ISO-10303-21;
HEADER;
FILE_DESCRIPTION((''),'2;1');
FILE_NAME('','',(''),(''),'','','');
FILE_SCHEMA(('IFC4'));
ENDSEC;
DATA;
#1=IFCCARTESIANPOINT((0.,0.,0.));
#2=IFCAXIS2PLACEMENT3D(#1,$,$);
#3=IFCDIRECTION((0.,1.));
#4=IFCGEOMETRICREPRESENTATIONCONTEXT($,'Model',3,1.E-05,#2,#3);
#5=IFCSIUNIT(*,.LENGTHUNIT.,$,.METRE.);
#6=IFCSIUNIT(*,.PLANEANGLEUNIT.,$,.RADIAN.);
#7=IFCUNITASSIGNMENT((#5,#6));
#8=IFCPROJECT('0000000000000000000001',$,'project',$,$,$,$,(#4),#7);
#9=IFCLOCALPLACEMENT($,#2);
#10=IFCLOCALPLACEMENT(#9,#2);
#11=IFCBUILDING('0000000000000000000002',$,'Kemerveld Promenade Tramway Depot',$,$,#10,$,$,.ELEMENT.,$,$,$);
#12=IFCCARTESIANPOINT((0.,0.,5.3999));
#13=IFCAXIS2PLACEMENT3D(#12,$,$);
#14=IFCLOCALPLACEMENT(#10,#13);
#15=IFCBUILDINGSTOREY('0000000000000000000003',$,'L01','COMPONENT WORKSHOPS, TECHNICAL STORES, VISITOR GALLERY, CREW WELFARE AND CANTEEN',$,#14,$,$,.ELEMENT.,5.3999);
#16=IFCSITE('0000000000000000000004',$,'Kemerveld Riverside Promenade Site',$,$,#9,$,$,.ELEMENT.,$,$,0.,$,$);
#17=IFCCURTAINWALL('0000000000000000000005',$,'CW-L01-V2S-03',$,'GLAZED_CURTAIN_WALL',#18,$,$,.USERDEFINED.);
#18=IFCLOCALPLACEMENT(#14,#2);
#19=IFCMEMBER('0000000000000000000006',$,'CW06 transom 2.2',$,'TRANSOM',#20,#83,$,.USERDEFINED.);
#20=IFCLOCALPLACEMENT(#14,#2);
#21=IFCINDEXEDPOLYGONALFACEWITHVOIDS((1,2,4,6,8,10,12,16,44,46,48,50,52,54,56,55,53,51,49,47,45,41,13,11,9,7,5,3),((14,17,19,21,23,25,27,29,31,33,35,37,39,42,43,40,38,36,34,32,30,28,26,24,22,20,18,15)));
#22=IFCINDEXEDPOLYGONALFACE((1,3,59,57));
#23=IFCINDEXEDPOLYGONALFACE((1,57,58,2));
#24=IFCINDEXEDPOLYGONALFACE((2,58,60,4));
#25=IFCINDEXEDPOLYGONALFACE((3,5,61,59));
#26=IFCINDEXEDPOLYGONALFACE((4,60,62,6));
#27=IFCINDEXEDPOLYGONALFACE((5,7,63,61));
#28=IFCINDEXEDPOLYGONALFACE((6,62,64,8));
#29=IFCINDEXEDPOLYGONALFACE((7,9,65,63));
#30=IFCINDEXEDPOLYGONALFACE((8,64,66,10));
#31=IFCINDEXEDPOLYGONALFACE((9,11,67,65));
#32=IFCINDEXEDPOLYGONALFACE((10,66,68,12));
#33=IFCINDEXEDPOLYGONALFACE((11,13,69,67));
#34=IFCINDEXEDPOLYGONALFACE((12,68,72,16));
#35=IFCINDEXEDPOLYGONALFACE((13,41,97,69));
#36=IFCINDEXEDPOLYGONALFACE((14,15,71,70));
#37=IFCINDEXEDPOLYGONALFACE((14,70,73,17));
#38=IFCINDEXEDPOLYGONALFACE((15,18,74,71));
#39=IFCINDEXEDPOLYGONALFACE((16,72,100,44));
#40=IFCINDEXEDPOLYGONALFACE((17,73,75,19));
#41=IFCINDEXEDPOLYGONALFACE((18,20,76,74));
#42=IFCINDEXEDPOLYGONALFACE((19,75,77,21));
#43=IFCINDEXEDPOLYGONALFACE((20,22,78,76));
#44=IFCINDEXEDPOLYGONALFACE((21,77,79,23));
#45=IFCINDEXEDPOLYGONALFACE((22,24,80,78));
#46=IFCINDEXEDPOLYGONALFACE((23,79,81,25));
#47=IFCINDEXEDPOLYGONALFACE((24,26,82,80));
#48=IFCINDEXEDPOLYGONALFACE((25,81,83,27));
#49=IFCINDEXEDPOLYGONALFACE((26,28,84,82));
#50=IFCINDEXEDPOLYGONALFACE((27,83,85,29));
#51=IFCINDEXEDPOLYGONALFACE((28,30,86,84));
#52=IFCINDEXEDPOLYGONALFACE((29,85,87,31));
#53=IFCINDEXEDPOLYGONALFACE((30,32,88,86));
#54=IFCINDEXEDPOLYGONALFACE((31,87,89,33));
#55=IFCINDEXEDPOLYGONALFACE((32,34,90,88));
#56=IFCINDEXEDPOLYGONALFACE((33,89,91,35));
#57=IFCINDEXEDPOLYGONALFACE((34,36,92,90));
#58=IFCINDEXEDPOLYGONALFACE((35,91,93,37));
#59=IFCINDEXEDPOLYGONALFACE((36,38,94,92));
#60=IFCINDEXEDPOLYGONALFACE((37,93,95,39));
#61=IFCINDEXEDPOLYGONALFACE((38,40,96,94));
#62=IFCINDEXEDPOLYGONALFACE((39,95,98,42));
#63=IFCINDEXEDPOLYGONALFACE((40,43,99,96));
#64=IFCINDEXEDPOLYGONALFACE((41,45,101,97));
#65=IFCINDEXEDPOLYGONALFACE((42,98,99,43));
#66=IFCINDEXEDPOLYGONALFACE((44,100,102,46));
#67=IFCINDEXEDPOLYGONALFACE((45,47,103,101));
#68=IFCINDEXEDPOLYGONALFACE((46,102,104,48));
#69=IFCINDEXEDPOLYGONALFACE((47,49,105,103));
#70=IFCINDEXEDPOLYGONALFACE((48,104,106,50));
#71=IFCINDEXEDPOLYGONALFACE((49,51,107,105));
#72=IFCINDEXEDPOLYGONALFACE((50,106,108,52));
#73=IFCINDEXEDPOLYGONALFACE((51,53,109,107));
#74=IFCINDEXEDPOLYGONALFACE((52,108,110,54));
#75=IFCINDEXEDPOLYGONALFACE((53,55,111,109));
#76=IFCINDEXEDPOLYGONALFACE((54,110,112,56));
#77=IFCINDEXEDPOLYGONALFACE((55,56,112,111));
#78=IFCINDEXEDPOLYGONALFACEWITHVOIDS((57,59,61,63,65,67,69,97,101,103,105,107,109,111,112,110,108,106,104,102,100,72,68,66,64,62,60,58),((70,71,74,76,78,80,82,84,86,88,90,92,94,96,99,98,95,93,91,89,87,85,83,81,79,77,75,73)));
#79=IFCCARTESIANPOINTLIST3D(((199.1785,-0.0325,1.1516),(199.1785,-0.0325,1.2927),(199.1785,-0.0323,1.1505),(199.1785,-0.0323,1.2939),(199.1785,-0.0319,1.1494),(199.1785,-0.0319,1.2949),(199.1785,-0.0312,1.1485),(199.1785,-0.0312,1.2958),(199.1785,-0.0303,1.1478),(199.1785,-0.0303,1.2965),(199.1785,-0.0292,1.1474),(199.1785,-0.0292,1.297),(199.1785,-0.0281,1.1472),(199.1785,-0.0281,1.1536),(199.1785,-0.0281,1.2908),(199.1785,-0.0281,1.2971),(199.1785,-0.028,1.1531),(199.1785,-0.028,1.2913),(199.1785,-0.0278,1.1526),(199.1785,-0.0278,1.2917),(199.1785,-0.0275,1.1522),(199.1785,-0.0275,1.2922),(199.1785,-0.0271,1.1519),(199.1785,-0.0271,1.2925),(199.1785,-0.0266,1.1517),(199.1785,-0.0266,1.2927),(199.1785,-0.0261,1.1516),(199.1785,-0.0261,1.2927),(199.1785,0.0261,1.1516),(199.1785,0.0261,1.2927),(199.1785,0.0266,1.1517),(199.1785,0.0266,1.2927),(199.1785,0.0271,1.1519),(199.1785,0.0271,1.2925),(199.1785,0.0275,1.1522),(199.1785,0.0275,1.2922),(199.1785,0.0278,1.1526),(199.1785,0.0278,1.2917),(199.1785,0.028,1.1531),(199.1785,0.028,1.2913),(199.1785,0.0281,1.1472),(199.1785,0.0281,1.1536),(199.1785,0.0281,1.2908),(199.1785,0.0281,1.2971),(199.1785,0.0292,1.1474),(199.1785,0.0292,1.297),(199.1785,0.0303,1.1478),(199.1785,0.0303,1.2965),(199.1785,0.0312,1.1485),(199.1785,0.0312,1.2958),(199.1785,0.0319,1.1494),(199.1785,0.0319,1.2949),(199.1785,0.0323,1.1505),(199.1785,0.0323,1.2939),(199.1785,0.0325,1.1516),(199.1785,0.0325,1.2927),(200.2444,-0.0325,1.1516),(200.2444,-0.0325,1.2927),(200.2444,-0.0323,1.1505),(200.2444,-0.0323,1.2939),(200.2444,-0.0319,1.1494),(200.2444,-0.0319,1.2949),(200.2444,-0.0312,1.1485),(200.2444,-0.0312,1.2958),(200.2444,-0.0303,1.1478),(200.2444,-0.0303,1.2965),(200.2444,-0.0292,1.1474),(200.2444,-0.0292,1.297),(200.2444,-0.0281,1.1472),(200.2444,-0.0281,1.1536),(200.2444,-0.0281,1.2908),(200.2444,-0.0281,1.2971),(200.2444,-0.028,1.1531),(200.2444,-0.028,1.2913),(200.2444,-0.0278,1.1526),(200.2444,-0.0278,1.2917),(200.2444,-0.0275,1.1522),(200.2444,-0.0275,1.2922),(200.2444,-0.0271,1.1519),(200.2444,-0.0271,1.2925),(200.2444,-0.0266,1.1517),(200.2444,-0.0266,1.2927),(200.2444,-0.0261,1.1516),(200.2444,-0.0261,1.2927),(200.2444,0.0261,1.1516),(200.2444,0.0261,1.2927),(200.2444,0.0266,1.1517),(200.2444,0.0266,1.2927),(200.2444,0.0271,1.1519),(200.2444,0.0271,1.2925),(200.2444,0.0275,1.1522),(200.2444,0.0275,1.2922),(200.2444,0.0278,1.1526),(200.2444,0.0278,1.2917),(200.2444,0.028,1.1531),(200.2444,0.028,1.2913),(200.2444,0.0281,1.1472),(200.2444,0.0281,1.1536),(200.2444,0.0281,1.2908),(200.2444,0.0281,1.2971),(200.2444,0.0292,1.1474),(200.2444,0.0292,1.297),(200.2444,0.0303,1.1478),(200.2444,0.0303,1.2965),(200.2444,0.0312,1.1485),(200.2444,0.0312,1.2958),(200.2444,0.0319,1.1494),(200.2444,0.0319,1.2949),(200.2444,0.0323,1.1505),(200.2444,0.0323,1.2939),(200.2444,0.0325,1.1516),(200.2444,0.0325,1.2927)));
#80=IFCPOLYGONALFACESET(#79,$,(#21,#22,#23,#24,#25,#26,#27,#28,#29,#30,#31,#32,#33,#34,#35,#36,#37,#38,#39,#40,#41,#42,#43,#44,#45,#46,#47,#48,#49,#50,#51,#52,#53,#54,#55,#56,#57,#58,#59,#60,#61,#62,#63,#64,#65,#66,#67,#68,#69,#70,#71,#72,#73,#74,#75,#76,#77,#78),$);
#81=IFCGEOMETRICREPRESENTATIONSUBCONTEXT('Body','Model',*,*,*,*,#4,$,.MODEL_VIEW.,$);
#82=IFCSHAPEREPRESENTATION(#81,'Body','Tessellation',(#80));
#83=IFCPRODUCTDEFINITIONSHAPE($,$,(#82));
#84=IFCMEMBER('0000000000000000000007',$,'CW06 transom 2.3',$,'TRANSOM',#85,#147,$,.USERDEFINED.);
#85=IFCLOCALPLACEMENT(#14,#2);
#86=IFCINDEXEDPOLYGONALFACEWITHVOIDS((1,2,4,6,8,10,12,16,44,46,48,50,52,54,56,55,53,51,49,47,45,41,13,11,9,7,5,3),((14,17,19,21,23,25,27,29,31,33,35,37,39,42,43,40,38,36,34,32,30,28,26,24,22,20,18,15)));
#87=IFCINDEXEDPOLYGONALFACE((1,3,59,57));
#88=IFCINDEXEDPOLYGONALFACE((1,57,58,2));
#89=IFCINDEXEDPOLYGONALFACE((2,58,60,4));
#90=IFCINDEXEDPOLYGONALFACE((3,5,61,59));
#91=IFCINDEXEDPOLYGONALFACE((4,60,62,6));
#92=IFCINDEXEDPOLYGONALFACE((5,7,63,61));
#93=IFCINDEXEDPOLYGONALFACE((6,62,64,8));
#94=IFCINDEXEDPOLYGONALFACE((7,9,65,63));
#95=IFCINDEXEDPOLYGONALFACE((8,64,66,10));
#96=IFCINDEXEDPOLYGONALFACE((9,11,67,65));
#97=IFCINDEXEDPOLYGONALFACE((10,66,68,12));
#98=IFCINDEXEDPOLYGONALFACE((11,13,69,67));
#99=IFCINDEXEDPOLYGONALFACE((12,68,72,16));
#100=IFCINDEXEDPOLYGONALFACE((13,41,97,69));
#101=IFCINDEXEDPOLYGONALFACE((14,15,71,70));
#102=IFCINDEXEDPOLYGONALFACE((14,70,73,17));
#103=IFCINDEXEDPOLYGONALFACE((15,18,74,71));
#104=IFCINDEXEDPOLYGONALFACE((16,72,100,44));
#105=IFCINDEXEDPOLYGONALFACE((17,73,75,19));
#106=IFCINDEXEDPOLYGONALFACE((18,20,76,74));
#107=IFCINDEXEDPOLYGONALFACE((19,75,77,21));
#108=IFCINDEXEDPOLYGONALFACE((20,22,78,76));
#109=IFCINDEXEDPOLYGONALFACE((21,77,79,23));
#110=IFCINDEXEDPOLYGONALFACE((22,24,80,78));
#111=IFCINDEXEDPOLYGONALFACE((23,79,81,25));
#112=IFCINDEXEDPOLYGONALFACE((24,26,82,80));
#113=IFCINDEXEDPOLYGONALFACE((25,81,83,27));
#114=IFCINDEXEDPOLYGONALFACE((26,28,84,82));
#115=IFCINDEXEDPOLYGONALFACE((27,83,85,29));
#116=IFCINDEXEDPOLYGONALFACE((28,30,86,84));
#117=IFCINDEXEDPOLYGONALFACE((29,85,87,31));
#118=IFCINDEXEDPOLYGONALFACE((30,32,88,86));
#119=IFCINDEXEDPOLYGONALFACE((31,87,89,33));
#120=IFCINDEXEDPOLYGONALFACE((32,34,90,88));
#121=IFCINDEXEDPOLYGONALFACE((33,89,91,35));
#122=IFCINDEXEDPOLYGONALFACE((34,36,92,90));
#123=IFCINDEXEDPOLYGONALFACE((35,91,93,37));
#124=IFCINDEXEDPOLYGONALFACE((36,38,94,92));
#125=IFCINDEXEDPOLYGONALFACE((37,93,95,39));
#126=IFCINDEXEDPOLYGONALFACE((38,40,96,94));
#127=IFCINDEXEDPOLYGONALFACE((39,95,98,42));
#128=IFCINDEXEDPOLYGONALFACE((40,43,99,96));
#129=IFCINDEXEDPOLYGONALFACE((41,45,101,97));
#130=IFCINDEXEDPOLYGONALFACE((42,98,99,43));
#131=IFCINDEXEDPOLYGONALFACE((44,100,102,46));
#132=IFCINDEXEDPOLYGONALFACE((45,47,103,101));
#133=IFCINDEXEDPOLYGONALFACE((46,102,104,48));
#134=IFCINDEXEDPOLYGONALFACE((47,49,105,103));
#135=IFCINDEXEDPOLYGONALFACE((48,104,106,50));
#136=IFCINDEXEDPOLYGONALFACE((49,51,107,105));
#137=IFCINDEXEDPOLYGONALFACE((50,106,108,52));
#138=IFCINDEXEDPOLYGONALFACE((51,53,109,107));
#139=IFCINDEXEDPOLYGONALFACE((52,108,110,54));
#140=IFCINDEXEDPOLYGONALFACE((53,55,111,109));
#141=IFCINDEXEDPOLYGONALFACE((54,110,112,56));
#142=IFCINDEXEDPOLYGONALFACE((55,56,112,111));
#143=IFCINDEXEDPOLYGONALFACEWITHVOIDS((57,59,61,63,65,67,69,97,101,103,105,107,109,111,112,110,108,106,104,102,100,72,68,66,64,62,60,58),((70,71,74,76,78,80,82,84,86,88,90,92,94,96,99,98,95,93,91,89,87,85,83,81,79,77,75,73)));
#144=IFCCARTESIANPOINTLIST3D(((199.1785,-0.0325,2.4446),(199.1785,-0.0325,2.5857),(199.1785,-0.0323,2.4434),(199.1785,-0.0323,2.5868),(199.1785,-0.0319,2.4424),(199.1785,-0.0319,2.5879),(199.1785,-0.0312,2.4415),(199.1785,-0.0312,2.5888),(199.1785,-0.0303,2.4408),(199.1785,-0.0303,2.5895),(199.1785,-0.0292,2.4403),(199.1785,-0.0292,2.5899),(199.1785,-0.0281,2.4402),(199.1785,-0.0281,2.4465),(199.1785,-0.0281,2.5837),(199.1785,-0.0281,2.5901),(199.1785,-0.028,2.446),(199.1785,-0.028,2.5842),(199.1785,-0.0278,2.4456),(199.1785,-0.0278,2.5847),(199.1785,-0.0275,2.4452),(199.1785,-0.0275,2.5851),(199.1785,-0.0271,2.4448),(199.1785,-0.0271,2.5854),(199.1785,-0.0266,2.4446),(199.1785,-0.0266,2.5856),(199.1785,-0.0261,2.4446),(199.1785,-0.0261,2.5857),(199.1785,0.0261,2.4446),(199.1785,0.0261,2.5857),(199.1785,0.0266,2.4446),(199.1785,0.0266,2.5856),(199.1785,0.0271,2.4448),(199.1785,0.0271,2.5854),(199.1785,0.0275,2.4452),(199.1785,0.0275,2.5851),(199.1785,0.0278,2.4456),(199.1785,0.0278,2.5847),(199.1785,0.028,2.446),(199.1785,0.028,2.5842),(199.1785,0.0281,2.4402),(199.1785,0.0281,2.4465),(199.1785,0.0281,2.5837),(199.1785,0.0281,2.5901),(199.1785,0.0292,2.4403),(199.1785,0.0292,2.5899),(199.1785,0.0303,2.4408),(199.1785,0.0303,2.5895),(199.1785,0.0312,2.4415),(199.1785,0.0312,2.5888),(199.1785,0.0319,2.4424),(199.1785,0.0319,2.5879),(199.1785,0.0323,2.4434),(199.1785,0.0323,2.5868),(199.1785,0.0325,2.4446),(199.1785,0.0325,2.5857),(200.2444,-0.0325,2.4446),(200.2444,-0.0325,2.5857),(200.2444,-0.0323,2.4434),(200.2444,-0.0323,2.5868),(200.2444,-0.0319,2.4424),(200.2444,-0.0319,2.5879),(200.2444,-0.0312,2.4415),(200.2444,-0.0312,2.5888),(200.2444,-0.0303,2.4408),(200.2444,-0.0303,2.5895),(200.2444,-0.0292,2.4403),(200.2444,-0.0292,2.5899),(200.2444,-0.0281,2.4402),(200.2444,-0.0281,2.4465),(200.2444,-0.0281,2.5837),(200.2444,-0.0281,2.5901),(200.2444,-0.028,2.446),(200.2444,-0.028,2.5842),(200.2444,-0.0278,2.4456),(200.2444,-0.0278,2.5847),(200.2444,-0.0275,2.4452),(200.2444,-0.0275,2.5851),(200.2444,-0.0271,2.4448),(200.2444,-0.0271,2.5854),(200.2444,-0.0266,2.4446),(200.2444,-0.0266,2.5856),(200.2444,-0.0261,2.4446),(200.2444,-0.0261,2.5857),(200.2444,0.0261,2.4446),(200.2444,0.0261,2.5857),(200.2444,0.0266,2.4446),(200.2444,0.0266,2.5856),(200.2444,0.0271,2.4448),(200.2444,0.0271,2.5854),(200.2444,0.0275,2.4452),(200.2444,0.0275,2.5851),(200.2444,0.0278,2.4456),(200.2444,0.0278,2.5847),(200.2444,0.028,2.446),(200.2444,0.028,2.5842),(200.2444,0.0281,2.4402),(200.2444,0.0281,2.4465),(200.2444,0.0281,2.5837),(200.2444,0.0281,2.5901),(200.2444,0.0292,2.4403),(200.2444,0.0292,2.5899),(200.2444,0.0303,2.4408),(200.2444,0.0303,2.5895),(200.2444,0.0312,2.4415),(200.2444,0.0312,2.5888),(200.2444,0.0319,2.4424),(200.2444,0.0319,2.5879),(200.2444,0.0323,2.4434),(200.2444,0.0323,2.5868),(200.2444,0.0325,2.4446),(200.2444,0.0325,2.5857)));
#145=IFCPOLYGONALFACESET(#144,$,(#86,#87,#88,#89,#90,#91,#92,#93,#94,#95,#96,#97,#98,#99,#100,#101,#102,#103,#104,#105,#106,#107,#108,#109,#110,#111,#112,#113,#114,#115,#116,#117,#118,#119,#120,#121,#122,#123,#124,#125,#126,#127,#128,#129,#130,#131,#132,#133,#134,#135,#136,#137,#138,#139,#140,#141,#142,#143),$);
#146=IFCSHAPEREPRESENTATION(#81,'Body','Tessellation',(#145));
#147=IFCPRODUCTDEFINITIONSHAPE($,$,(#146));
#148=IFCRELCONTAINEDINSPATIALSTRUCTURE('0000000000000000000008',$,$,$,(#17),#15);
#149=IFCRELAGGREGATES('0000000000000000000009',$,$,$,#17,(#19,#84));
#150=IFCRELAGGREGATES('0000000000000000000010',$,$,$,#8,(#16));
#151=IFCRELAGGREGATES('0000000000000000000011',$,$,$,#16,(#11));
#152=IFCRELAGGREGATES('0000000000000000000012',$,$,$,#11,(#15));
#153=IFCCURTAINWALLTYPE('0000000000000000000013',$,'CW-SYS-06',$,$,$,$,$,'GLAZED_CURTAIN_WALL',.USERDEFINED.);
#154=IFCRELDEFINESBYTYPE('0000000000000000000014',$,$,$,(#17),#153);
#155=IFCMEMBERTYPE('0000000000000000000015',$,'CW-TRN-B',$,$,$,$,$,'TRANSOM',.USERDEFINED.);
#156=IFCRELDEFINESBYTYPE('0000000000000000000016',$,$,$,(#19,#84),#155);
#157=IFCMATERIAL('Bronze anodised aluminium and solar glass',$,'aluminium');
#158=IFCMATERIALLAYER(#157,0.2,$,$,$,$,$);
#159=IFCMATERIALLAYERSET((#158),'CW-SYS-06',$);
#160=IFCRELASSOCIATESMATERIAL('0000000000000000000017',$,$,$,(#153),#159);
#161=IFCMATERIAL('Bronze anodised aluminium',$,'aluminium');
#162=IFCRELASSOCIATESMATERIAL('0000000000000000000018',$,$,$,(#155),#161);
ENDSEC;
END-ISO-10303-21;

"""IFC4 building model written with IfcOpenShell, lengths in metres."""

from ifc_helpers import new_model, si_unit, direction, frame, origin, origin_2d, place, context, subcontext, project, spatial, hollow_rectangle, extrude, material, layer, layer_set, material_profile, profile_set, type_object, element, aggregate, save


model = new_model("IFC4")

# Units and contexts
model_context = context("Model", 3, precision=1e-05, world=origin(), true_north=direction((0.0, 1.0)))
body_context = subcontext(model_context, "Body", "Model", "MODEL_VIEW")
ifc_project = project(units=[si_unit("LENGTHUNIT", "METRE"), si_unit("PLANEANGLEUNIT", "RADIAN")], contexts=[model_context])

# Site, building, storey
site_placement = place(None, origin())
site = spatial("IfcSite", under=ifc_project, at=site_placement, Name="Kemerveld Riverside Promenade Site", CompositionType="ELEMENT", RefElevation=0.0)
building_placement = place(site_placement, origin())
building = spatial("IfcBuilding", under=site, at=building_placement, Name="Kemerveld Promenade Tramway Depot", CompositionType="ELEMENT")
storey_placement = place(building_placement, frame((0.0, 0.0, 5.3999)))
storey = spatial("IfcBuildingStorey", under=building, at=storey_placement, Name="L01", Description="COMPONENT WORKSHOPS, TECHNICAL STORES, VISITOR GALLERY, CREW WELFARE AND CANTEEN", CompositionType="ELEMENT", Elevation=5.3999)

# Curtain wall, members
ifc_material_1 = material(Name="Bronze anodised aluminium and solar glass", Category="aluminium")
ifc_layer_1 = layer(ifc_material_1, 0.2)
ifc_layer_set_1 = layer_set([ifc_layer_1], Name="CW-SYS-06")
curtain_wall_type = type_object("IfcCurtainWallType", Name="CW-SYS-06", ElementType="GLAZED_CURTAIN_WALL", PredefinedType="USERDEFINED", material=ifc_layer_set_1)
curtain_wall_placement = place(storey_placement, origin())
curtain_wall = element("IfcCurtainWall", 1, at=curtain_wall_placement, inside=storey, type_object=curtain_wall_type, Name="CW-L01-V2S-03", ObjectType="GLAZED_CURTAIN_WALL", PredefinedType="USERDEFINED")
ifc_material_2 = material(Name="Bronze anodised aluminium", Category="aluminium")
ifc_material_profile_1 = material_profile(ifc_material_2, hollow_rectangle(XDim=0.0649, YDim=0.1499, WallThickness=0.0044, InnerFilletRadius=0.002, OuterFilletRadius=0.0044, at=origin_2d()), Name="CW-TRN-150x65")
ifc_profile_set_1 = profile_set([ifc_material_profile_1], Name="Bronze anodised aluminium")
member_type_1 = type_object("IfcMemberType", Name="CW-TRN-B", ElementType="TRANSOM", PredefinedType="USERDEFINED", material=ifc_profile_set_1)
member_1_placement = place(storey_placement, frame((200.2444, 0.0, 1.2222), z_axis=(-1.0, 0.0, 0.0), x_axis=(0.0, -1.0, 0.0)))
member_1 = element("IfcMember", 2, at=member_1_placement, type_object=member_type_1, Name="CW06 transom 2.2", ObjectType="TRANSOM", PredefinedType="USERDEFINED", context=body_context, shape_type="SweptSolid", body=[
    extrude(hollow_rectangle(XDim=0.0649, YDim=0.1499, WallThickness=0.0044, InnerFilletRadius=0.002, OuterFilletRadius=0.0044, at=origin_2d()), origin(), (0.0, 0.0, 1.0), 1.0659),
])
member_2_placement = place(storey_placement, frame((200.2444, 0.0, 2.5151), z_axis=(-1.0, 0.0, 0.0), x_axis=(0.0, -1.0, 0.0)))
member_2 = element("IfcMember", 3, at=member_2_placement, type_object=member_type_1, Name="CW06 transom 2.3", ObjectType="TRANSOM", PredefinedType="USERDEFINED", context=body_context, shape_type="SweptSolid", body=[
    extrude(hollow_rectangle(XDim=0.0649, YDim=0.1499, WallThickness=0.0044, InnerFilletRadius=0.002, OuterFilletRadius=0.0044, at=origin_2d()), origin(), (0.0, 0.0, 1.0), 1.0659),
])
aggregate(curtain_wall, [member_1, member_2])

save(model, "model.ifc")
